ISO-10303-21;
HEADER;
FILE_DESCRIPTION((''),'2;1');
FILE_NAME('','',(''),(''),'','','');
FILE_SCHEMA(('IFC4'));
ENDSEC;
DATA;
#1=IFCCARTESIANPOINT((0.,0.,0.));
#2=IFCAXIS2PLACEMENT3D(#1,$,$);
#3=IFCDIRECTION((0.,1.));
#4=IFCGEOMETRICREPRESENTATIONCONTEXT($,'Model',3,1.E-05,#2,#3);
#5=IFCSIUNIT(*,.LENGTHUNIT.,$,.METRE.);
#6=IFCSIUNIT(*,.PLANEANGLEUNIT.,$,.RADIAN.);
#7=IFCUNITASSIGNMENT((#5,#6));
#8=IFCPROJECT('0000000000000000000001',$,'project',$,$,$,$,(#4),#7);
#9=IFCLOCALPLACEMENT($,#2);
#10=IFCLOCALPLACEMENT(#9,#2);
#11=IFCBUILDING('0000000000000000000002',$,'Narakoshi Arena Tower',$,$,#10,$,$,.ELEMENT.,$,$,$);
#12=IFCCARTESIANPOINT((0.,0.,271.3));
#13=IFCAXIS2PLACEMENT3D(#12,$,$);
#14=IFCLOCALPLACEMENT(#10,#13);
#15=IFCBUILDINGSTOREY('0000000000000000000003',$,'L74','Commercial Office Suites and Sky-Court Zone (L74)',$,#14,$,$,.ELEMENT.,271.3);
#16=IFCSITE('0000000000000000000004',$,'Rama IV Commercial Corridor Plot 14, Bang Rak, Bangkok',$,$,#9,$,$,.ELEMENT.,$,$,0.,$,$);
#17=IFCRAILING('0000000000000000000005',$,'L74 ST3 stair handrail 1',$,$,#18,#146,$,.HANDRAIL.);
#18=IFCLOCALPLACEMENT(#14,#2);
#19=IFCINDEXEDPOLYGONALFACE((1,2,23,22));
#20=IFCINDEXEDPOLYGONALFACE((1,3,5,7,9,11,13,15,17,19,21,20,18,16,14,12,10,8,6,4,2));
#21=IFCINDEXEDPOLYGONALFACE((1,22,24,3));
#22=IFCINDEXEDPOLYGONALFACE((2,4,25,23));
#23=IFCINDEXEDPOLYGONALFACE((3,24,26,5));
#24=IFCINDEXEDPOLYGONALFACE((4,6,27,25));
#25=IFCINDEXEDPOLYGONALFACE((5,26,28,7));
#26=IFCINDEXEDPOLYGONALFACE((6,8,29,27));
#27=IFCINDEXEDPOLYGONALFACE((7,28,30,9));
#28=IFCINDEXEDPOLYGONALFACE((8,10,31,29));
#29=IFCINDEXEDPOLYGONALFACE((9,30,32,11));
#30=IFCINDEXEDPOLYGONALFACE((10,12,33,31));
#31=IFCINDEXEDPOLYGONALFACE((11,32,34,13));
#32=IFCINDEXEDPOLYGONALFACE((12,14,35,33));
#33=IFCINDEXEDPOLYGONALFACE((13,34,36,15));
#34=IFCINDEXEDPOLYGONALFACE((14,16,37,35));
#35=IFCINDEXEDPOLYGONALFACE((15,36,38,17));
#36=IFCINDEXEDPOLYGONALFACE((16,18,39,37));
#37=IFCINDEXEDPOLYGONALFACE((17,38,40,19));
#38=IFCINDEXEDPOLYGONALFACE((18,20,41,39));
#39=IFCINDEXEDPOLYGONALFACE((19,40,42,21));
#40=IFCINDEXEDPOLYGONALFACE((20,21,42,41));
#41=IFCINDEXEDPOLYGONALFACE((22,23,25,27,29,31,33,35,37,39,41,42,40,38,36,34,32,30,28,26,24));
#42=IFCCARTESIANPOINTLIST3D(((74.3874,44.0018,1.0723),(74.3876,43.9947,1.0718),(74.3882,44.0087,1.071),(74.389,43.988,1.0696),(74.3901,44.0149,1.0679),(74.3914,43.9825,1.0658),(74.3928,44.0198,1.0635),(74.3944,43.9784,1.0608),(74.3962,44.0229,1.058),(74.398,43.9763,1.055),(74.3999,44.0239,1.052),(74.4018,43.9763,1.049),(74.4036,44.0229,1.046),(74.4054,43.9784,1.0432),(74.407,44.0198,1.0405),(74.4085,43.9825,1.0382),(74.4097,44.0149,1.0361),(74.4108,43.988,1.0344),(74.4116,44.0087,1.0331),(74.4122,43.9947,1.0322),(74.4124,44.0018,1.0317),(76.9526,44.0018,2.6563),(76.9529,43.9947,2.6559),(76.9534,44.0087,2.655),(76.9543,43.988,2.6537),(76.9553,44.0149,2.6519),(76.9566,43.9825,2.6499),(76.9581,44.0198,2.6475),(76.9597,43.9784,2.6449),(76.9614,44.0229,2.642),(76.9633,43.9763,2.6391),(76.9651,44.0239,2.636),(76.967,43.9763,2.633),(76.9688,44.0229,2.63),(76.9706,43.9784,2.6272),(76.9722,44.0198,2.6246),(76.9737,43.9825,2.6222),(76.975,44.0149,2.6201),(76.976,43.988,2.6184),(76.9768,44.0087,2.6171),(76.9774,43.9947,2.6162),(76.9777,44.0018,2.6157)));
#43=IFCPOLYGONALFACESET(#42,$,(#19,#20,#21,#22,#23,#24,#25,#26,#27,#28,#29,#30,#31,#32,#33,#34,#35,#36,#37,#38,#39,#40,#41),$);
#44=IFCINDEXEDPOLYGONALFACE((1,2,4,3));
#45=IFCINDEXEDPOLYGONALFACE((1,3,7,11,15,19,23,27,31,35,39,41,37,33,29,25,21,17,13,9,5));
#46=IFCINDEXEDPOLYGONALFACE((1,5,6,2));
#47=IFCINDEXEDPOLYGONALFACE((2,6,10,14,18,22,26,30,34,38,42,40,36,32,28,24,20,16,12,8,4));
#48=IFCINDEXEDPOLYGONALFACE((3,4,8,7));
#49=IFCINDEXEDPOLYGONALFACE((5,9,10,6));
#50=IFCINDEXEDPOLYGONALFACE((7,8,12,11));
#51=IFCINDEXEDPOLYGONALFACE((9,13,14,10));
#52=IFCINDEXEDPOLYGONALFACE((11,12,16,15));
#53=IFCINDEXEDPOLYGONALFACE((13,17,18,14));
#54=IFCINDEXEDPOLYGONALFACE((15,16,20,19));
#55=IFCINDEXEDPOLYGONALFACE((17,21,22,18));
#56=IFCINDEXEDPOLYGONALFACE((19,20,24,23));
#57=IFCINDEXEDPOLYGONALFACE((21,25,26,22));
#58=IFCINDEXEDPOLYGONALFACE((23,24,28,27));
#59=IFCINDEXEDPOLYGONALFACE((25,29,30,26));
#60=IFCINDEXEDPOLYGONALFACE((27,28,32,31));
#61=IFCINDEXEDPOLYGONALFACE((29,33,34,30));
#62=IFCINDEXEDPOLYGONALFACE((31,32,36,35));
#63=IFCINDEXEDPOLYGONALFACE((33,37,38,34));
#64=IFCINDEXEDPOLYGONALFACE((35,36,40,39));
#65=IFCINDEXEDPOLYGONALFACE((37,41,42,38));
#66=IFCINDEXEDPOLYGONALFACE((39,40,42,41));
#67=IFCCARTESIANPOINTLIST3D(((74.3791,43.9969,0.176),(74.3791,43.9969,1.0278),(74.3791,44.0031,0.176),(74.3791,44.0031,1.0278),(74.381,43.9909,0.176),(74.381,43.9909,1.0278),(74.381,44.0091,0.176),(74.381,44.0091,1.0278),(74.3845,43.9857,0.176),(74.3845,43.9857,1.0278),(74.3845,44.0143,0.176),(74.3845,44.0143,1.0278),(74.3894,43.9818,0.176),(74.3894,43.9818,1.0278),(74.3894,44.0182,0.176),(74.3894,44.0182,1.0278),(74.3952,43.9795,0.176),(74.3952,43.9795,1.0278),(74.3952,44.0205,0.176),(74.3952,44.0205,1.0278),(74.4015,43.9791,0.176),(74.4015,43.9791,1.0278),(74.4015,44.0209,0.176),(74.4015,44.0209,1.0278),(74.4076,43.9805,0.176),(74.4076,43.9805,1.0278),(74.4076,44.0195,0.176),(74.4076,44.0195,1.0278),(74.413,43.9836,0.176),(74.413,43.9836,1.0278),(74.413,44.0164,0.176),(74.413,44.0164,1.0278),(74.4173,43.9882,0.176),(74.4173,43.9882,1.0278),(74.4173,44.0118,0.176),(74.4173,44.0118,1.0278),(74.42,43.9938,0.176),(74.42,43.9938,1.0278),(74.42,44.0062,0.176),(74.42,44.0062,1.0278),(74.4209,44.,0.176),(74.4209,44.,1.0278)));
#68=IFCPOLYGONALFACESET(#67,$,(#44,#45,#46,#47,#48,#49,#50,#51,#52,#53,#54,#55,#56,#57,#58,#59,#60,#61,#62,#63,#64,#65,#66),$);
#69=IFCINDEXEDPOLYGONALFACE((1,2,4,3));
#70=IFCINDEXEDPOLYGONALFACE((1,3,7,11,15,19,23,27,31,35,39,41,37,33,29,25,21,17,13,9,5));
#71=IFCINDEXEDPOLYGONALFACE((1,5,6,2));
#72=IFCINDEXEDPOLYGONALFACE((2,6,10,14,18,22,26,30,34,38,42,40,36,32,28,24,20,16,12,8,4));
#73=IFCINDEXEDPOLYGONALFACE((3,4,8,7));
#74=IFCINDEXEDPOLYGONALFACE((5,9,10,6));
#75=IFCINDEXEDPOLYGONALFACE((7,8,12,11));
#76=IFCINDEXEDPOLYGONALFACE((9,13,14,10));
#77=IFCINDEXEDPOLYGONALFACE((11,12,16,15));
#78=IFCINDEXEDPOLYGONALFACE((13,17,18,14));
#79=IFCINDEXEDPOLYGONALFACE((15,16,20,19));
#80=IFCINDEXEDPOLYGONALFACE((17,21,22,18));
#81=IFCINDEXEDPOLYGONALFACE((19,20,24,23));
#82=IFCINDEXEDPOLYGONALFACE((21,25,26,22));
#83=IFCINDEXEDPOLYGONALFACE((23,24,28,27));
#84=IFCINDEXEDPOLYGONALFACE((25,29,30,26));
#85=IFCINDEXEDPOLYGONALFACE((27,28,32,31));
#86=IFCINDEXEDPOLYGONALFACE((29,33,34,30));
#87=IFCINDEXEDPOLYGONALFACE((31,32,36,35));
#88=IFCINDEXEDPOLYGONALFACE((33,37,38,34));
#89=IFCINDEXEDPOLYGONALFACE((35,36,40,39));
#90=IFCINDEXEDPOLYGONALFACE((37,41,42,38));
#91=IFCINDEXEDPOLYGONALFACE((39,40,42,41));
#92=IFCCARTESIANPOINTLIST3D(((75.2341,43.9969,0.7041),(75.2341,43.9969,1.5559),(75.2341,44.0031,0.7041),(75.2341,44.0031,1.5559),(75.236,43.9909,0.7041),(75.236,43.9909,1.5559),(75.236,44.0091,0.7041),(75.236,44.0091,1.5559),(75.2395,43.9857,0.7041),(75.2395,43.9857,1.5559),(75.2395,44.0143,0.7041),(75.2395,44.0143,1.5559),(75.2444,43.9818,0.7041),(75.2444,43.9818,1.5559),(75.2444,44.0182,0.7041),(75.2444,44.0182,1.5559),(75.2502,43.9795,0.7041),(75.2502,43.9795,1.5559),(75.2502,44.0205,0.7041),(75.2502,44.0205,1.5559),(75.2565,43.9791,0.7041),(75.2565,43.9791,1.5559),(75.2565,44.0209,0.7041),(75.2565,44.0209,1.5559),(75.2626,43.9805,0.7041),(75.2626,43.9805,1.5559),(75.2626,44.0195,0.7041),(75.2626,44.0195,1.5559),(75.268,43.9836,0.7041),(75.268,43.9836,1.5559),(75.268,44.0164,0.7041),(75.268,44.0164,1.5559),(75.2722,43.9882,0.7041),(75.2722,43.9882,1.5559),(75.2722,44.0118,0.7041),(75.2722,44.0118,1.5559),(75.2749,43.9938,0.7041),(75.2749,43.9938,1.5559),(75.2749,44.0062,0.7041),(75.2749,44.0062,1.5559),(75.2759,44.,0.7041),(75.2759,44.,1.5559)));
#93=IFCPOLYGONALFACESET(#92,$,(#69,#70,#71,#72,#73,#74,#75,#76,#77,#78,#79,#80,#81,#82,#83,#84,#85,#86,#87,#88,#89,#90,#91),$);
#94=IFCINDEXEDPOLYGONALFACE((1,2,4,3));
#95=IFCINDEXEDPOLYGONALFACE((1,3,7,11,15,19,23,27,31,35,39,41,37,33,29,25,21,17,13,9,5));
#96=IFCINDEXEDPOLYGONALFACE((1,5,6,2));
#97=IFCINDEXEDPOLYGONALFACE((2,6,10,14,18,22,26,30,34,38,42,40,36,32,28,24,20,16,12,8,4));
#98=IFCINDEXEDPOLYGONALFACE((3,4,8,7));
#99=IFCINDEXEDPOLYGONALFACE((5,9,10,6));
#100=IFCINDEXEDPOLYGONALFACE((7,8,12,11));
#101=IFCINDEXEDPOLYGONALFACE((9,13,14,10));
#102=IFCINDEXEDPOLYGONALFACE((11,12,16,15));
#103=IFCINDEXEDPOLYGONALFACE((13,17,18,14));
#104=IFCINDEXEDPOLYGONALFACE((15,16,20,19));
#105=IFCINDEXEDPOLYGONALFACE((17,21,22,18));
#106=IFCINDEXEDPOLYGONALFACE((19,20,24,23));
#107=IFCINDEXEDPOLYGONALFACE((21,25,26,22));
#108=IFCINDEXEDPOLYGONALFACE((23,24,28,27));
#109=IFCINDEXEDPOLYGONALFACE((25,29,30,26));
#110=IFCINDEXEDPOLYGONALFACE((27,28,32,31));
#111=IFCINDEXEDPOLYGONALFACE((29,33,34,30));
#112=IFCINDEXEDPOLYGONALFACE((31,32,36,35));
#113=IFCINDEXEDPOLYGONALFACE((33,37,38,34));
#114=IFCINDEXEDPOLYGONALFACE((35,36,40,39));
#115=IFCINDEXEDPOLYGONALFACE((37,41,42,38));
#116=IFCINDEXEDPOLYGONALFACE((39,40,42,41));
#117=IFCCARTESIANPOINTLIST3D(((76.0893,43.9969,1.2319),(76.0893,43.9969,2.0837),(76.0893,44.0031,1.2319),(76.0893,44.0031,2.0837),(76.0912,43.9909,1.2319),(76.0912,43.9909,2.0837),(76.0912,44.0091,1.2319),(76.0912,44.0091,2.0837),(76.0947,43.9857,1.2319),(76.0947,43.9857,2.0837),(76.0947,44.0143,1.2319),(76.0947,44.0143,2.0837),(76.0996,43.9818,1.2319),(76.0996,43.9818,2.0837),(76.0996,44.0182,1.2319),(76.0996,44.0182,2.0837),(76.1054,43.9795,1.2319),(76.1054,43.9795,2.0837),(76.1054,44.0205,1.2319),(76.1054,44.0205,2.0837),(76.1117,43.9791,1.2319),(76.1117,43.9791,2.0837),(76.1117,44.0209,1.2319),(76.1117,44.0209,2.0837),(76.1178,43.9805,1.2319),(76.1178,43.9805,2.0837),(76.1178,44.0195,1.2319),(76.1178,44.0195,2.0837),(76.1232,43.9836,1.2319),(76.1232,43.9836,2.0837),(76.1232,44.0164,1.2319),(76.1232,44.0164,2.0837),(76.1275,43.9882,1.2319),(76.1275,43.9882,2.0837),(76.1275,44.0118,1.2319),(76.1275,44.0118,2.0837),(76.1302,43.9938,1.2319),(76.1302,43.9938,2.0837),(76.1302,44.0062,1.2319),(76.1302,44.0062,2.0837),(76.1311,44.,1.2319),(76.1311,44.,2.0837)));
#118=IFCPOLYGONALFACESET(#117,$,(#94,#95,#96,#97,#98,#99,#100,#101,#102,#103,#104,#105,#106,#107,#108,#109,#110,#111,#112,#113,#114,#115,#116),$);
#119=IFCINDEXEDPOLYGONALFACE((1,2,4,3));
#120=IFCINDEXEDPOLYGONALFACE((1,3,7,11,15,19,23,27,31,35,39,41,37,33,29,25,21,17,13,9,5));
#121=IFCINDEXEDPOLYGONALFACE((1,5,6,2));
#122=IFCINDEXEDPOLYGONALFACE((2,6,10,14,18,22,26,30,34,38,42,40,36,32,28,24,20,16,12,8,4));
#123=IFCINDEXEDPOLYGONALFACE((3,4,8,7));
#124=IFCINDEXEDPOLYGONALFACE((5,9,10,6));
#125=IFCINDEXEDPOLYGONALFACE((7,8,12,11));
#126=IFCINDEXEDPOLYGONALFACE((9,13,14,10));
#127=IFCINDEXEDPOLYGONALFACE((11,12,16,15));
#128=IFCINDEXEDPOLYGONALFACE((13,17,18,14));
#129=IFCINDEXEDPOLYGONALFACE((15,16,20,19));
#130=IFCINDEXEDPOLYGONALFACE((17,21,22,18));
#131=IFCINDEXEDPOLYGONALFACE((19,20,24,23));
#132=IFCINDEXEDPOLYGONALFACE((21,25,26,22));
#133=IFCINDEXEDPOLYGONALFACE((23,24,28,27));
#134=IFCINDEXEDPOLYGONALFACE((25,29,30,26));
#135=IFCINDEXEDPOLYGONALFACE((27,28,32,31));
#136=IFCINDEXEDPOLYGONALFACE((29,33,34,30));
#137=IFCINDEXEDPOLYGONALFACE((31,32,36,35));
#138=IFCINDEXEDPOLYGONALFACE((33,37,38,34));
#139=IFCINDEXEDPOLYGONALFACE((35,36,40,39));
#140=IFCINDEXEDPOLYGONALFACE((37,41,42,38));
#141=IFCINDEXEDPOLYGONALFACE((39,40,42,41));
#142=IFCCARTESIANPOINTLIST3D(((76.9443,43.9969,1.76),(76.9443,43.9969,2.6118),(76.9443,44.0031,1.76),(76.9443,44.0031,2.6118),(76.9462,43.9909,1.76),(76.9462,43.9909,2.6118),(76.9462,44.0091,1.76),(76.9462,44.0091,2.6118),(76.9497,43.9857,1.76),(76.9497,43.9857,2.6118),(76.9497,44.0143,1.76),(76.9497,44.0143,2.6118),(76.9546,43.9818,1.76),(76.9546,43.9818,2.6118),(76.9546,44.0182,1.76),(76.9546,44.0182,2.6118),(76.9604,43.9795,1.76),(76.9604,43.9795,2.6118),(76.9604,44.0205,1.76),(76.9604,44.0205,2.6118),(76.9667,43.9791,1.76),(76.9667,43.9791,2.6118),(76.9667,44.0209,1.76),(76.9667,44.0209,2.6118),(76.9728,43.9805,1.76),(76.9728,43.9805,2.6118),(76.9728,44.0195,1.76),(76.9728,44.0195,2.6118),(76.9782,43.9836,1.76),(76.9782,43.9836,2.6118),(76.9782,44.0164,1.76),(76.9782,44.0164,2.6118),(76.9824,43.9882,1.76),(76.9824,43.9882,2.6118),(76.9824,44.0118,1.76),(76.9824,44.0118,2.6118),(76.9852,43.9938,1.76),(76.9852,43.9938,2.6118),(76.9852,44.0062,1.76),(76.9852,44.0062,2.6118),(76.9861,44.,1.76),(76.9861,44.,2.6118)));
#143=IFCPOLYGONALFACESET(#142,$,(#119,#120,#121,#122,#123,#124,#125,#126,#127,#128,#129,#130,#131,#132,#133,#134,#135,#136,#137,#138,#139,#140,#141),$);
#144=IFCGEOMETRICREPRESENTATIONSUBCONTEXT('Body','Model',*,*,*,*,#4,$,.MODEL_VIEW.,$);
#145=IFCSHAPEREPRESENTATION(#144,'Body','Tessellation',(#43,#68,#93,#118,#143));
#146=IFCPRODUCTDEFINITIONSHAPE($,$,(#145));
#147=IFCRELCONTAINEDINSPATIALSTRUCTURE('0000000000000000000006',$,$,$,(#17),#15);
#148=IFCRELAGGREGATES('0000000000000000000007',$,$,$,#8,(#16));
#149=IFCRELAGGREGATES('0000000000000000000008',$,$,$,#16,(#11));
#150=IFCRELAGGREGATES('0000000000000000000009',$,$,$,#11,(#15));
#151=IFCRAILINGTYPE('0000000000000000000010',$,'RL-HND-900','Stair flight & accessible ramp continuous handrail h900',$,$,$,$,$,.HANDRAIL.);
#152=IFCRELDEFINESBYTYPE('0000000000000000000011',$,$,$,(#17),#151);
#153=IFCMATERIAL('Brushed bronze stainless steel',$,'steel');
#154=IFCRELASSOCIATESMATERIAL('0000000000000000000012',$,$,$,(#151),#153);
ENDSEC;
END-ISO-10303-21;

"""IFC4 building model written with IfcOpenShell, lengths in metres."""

from ifc_helpers import new_model, si_unit, direction, frame, origin, origin_2d, place, context, subcontext, project, spatial, circle, extrude, material, type_object, element, save


model = new_model("IFC4")

# Units and contexts
model_context = context("Model", 3, precision=1e-05, world=origin(), true_north=direction((0.0, 1.0)))
body_context = subcontext(model_context, "Body", "Model", "MODEL_VIEW")
ifc_project = project(units=[si_unit("LENGTHUNIT", "METRE"), si_unit("PLANEANGLEUNIT", "RADIAN")], contexts=[model_context])

# Site, building, storey
site_placement = place(None, origin())
site = spatial("IfcSite", under=ifc_project, at=site_placement, Name="Rama IV Commercial Corridor Plot 14, Bang Rak, Bangkok", CompositionType="ELEMENT", RefElevation=0.0)
building_placement = place(site_placement, origin())
building = spatial("IfcBuilding", under=site, at=building_placement, Name="Narakoshi Arena Tower", CompositionType="ELEMENT")
storey_placement = place(building_placement, frame((0.0, 0.0, 271.3)))
storey = spatial("IfcBuildingStorey", under=building, at=storey_placement, Name="L74", Description="Commercial Office Suites and Sky-Court Zone (L74)", CompositionType="ELEMENT", Elevation=271.3)

# Railing
ifc_material_1 = material(Name="Brushed bronze stainless steel", Category="steel")
railing_type_1 = type_object("IfcRailingType", Name="RL-HND-900", Description="Stair flight & accessible ramp continuous handrail h900", PredefinedType="HANDRAIL", material=ifc_material_1)
railing_1_placement = place(storey_placement, frame((74.3999, 44.0, 0.176)))
element("IfcRailing", 1, at=railing_1_placement, inside=storey, type_object=railing_type_1, Name="L74 ST3 stair handrail 1", PredefinedType="HANDRAIL", context=body_context, shape_type="SweptSolid", body=[
    extrude(circle(Radius=0.0239, at=origin_2d()), frame((0.0, 0.0, 0.876), z_axis=(0.850857, 0.0, 0.525398), x_axis=(0.0, 1.0, 0.0)), (0.0, 0.0, 1.0), 3.0149),
    extrude(circle(Radius=0.021, at=origin_2d()), origin(), (0.0, 0.0, 1.0), 0.8518),
    extrude(circle(Radius=0.021, at=origin_2d()), frame((0.855, 0.0, 0.5281)), (0.0, 0.0, 1.0), 0.8518),
    extrude(circle(Radius=0.021, at=origin_2d()), frame((1.7102, 0.0, 1.0559)), (0.0, 0.0, 1.0), 0.8518),
    extrude(circle(Radius=0.021, at=origin_2d()), frame((2.5652, 0.0, 1.584)), (0.0, 0.0, 1.0), 0.8518),
])

save(model, "model.ifc")
